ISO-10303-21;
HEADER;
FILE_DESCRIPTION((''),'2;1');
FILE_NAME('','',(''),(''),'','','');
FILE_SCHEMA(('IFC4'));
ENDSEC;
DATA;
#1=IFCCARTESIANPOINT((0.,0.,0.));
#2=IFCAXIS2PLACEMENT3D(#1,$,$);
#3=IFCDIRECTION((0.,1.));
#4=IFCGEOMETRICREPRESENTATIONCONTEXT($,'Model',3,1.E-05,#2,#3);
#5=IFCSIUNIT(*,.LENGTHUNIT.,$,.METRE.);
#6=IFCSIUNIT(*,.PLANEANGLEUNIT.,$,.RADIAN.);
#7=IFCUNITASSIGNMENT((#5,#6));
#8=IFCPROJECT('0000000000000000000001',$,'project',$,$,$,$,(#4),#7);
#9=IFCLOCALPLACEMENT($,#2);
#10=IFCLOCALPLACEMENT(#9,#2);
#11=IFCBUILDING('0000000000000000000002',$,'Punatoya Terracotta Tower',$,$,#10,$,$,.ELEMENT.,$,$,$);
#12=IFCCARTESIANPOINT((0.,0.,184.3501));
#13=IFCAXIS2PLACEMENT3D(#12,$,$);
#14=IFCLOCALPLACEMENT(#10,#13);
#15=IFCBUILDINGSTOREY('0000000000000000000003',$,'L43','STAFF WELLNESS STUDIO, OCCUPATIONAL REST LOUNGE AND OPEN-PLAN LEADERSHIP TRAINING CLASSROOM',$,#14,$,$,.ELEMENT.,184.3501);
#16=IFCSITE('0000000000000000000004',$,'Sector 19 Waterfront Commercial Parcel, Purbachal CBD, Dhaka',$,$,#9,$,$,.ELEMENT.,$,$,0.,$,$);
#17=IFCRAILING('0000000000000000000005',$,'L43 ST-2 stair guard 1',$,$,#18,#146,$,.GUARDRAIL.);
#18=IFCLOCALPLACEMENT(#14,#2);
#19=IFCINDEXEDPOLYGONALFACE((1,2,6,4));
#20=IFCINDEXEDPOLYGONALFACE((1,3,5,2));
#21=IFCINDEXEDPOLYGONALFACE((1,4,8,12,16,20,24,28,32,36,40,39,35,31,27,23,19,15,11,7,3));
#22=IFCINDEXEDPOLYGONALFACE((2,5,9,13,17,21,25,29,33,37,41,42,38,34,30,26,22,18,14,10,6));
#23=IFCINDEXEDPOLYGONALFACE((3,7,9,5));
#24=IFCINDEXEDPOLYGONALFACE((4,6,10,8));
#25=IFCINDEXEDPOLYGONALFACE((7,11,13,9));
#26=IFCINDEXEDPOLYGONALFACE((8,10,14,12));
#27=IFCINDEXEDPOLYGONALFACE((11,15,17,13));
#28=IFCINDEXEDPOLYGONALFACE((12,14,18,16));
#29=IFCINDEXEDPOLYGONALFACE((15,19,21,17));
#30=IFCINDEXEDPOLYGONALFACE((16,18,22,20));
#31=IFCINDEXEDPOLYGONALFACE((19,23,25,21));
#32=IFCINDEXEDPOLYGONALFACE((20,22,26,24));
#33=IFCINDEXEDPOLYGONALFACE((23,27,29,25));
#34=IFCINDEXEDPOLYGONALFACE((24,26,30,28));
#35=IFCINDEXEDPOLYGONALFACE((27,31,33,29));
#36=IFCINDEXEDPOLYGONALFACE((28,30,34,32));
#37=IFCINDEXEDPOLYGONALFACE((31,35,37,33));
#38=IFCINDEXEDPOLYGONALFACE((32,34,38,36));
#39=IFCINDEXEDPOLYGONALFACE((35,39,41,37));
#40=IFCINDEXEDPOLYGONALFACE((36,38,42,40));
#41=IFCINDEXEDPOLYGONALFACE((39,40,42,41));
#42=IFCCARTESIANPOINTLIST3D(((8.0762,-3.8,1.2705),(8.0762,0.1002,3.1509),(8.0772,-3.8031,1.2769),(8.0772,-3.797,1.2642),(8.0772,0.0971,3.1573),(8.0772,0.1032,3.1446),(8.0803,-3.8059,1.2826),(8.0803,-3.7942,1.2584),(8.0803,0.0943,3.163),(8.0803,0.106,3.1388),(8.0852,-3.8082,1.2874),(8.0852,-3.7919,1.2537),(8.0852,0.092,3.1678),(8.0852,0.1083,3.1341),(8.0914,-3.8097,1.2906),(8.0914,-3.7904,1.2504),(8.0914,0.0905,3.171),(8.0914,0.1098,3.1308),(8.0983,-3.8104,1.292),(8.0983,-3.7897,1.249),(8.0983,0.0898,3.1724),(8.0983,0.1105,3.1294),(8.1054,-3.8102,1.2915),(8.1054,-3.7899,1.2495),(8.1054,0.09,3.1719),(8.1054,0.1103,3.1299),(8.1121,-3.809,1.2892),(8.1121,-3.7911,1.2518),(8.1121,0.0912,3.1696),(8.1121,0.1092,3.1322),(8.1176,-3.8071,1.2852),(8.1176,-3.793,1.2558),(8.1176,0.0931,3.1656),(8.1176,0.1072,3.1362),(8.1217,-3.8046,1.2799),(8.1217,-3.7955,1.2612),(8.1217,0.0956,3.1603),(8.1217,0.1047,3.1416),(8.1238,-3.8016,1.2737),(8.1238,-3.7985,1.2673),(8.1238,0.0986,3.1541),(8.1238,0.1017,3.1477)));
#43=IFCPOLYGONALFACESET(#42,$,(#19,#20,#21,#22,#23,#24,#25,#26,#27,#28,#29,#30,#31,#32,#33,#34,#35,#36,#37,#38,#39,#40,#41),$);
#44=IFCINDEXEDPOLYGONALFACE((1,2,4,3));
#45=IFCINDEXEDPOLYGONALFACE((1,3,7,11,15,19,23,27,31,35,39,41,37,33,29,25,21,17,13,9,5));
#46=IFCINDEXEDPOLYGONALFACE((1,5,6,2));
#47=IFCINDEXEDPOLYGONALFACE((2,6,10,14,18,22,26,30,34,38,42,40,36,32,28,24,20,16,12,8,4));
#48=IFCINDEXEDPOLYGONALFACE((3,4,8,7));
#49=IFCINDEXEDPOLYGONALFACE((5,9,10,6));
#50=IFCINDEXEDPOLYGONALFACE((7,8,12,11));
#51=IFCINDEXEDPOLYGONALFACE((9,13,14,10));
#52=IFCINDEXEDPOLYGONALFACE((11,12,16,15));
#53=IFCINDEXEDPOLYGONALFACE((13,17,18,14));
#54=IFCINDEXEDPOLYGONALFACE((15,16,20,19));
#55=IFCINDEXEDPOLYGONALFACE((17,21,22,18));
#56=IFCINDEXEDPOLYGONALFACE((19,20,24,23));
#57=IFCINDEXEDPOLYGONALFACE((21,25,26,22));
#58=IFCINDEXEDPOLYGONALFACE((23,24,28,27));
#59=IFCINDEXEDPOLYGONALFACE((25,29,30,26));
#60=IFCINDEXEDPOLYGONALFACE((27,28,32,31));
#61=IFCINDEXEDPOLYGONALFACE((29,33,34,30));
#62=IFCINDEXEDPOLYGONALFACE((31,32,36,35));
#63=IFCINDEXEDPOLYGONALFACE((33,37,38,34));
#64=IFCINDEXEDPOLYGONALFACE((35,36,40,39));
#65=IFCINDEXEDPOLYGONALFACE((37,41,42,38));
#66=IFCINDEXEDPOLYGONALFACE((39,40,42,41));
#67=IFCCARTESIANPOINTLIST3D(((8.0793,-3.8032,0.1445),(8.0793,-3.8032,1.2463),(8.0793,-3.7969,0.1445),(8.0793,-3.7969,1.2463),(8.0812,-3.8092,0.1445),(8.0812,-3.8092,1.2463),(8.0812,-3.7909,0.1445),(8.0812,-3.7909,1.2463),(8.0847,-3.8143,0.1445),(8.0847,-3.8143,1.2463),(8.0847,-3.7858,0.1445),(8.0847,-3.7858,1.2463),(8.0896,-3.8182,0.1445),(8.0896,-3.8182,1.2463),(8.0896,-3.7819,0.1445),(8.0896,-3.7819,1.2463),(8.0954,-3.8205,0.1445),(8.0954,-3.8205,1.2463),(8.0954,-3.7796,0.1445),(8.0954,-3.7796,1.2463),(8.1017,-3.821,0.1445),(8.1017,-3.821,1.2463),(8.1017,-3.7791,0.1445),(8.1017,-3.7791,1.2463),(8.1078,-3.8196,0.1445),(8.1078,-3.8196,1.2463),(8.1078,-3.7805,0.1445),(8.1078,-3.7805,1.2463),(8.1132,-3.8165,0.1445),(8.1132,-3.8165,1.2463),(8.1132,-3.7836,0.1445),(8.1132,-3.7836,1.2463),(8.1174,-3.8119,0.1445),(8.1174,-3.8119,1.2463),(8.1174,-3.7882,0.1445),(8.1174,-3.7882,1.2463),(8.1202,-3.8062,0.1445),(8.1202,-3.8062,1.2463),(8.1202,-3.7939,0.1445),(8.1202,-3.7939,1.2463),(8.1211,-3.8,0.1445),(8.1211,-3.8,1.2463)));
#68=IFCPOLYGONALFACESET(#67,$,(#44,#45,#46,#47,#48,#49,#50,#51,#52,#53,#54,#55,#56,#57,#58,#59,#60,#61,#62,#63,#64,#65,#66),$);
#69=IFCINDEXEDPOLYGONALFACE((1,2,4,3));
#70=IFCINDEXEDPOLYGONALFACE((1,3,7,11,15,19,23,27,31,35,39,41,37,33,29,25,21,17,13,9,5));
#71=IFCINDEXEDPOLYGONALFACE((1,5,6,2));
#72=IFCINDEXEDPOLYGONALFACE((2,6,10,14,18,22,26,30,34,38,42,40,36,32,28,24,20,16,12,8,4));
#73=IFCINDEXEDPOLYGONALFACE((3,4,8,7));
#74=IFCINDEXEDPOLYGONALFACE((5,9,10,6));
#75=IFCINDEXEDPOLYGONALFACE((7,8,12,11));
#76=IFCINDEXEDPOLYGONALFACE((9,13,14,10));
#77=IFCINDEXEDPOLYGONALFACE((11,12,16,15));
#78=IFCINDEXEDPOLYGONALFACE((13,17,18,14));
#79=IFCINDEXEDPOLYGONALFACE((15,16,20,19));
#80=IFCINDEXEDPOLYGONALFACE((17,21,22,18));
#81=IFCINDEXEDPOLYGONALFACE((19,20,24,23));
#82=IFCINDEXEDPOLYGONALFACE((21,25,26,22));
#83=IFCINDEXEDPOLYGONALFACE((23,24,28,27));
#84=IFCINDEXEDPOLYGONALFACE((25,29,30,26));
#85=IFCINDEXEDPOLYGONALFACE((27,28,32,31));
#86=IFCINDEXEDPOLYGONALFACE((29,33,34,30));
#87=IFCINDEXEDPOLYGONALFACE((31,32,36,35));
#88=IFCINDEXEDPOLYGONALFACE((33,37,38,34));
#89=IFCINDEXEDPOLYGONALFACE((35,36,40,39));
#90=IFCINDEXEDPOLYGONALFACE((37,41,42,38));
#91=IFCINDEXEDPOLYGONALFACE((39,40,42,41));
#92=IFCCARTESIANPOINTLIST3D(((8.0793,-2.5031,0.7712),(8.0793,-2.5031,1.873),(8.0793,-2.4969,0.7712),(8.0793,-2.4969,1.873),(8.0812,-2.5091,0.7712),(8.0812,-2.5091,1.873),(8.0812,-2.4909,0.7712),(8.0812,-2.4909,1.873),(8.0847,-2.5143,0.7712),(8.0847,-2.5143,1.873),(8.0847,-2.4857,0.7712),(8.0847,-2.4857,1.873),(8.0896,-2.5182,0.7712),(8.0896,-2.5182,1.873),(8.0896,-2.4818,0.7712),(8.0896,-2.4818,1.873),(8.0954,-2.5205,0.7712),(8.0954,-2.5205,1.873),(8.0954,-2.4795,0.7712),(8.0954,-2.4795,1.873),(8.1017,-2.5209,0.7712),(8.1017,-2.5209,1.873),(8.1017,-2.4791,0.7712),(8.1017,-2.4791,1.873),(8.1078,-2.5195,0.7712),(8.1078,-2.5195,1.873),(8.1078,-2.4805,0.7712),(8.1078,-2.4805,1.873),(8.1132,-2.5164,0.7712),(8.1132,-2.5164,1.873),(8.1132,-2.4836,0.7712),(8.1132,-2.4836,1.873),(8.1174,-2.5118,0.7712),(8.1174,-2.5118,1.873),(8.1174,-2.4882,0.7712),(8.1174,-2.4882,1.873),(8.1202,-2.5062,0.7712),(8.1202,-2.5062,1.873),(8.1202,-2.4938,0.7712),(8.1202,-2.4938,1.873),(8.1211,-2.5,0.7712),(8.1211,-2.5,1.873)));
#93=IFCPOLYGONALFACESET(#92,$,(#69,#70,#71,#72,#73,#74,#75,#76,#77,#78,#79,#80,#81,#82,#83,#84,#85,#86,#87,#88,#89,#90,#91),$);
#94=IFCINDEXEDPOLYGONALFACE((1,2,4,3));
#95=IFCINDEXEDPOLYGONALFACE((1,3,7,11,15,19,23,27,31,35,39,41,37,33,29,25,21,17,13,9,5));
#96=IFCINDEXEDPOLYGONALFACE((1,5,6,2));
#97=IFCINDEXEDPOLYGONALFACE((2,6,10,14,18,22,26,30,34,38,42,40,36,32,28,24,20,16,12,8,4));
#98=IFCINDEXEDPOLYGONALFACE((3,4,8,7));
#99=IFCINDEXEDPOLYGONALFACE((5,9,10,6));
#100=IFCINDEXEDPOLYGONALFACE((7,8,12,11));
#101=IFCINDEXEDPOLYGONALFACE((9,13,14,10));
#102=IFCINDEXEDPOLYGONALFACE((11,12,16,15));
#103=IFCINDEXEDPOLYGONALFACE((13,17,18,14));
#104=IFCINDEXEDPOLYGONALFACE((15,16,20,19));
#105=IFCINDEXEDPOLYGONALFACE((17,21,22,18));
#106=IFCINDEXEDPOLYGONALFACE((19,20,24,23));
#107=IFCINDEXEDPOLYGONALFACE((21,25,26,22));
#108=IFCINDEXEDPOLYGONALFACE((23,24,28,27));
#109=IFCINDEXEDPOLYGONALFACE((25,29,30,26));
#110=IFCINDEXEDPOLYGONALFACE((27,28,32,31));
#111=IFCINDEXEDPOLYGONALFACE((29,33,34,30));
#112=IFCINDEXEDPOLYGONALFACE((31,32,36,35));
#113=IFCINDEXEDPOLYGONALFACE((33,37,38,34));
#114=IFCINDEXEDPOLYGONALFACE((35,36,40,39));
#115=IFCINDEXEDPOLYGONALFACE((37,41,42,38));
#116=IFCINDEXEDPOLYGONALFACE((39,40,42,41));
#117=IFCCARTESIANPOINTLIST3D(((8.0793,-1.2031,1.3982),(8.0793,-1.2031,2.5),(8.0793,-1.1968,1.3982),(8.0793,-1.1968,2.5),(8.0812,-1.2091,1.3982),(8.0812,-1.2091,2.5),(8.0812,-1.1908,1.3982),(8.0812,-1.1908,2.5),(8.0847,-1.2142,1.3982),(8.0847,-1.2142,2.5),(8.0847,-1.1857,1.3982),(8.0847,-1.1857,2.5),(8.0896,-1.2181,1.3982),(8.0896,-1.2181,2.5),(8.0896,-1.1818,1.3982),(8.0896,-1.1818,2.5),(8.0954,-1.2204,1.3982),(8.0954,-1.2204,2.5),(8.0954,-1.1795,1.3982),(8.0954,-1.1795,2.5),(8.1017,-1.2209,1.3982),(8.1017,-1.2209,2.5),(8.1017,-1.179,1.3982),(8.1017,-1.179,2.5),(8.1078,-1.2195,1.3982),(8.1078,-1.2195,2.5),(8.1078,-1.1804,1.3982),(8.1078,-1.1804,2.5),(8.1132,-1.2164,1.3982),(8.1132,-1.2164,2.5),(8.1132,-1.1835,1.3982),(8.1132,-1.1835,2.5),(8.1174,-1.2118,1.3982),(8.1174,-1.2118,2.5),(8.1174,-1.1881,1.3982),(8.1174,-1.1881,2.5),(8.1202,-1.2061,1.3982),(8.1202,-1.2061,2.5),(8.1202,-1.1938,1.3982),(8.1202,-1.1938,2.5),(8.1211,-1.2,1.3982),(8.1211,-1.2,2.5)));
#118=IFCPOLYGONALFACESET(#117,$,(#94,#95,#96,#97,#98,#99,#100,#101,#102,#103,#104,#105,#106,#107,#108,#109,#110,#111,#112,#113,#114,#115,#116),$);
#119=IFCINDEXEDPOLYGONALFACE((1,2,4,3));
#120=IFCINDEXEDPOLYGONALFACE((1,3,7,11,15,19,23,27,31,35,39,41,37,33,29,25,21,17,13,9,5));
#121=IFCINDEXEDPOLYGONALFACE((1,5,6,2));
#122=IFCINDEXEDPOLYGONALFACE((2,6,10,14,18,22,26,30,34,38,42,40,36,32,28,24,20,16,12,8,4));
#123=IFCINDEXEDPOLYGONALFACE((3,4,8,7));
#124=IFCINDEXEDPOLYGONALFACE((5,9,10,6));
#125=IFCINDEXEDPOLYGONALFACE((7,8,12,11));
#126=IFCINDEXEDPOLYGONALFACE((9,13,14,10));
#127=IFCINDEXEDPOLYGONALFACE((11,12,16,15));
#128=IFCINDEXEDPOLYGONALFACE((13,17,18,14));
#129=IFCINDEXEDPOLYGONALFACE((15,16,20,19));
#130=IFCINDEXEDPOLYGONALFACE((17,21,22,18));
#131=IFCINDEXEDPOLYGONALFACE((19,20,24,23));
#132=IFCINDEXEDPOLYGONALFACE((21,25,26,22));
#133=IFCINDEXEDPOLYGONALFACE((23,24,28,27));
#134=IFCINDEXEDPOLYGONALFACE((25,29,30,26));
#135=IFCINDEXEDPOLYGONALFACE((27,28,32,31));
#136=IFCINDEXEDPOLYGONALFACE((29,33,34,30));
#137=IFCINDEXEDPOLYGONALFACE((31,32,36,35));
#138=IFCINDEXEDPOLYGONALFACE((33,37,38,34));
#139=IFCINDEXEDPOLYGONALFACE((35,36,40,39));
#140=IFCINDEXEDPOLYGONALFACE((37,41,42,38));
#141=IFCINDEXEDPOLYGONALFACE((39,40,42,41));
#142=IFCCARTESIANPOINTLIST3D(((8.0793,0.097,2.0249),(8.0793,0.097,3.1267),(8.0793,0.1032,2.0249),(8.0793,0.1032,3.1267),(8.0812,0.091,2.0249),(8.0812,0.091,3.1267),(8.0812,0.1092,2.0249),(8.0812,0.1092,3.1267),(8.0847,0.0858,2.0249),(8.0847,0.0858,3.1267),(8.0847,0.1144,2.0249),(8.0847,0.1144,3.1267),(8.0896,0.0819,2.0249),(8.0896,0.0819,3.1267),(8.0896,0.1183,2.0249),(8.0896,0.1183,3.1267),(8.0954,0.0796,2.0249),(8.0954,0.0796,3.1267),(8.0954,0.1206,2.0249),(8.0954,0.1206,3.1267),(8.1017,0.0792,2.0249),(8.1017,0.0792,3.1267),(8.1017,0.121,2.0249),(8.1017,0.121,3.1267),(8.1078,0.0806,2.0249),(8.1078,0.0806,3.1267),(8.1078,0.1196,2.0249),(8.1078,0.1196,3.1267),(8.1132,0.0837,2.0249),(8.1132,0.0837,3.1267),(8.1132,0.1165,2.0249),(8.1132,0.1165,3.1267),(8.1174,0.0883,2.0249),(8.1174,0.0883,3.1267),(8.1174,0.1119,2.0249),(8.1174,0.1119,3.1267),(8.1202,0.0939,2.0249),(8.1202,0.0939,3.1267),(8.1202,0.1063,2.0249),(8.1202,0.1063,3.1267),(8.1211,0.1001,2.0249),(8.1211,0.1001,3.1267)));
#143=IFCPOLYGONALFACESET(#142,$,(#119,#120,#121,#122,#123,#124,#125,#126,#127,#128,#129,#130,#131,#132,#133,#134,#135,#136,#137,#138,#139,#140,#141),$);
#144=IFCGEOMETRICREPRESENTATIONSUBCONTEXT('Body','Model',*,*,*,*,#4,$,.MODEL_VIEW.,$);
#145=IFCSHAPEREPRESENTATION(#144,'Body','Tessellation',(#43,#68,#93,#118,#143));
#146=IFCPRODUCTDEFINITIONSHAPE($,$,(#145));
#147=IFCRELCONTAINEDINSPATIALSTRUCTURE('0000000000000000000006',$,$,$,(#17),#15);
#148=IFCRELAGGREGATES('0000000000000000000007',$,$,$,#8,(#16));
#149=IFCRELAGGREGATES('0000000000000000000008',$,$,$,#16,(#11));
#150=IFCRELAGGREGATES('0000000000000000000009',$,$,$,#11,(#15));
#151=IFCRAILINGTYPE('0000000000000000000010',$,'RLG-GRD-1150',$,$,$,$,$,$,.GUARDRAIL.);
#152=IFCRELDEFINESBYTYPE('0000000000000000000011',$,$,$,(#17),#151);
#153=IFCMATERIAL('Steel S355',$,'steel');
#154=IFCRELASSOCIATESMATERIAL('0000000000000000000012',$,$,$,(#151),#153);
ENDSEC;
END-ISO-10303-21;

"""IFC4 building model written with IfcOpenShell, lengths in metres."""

from ifc_helpers import new_model, si_unit, direction, frame, origin, origin_2d, place, context, subcontext, project, spatial, circle, extrude, material, type_object, element, save


model = new_model("IFC4")

# Units and contexts
model_context = context("Model", 3, precision=1e-05, world=origin(), true_north=direction((0.0, 1.0)))
body_context = subcontext(model_context, "Body", "Model", "MODEL_VIEW")
ifc_project = project(units=[si_unit("LENGTHUNIT", "METRE"), si_unit("PLANEANGLEUNIT", "RADIAN")], contexts=[model_context])

# Site, building, storey
site_placement = place(None, origin())
site = spatial("IfcSite", under=ifc_project, at=site_placement, Name="Sector 19 Waterfront Commercial Parcel, Purbachal CBD, Dhaka", CompositionType="ELEMENT", RefElevation=0.0)
building_placement = place(site_placement, origin())
building = spatial("IfcBuilding", under=site, at=building_placement, Name="Punatoya Terracotta Tower", CompositionType="ELEMENT")
storey_placement = place(building_placement, frame((0.0, 0.0, 184.3501)))
storey = spatial("IfcBuildingStorey", under=building, at=storey_placement, Name="L43", Description="STAFF WELLNESS STUDIO, OCCUPATIONAL REST LOUNGE AND OPEN-PLAN LEADERSHIP TRAINING CLASSROOM", CompositionType="ELEMENT", Elevation=184.3501)

# Shared definitions
ifc_material_1 = material(Name="Steel S355", Category="steel")

# Railing
railing_type_1 = type_object("IfcRailingType", Name="RLG-GRD-1150", PredefinedType="GUARDRAIL", material=ifc_material_1)
railing_1_placement = place(storey_placement, frame((8.1001, -3.8, 0.1445)))
element("IfcRailing", 1, at=railing_1_placement, inside=storey, type_object=railing_type_1, Name="L43 ST-2 stair guard 1", PredefinedType="GUARDRAIL", context=body_context, shape_type="SweptSolid", body=[
    extrude(circle(Radius=0.0239, at=origin_2d()), frame((0.0, 0.0, 1.126), z_axis=(0.0, 0.900774, 0.434289), x_axis=(-1.0, 0.0, 0.0)), (0.0, 0.0, 1.0), 4.3298),
    extrude(circle(Radius=0.021, at=origin_2d()), origin(), (0.0, 0.0, 1.0), 1.1018),
    extrude(circle(Radius=0.021, at=origin_2d()), frame((0.0, 1.3, 0.6267)), (0.0, 0.0, 1.0), 1.1018),
    extrude(circle(Radius=0.021, at=origin_2d()), frame((0.0, 2.6001, 1.2537)), (0.0, 0.0, 1.0), 1.1018),
    extrude(circle(Radius=0.021, at=origin_2d()), frame((0.0, 3.9001, 1.8804)), (0.0, 0.0, 1.0), 1.1018),
])

save(model, "model.ifc")
